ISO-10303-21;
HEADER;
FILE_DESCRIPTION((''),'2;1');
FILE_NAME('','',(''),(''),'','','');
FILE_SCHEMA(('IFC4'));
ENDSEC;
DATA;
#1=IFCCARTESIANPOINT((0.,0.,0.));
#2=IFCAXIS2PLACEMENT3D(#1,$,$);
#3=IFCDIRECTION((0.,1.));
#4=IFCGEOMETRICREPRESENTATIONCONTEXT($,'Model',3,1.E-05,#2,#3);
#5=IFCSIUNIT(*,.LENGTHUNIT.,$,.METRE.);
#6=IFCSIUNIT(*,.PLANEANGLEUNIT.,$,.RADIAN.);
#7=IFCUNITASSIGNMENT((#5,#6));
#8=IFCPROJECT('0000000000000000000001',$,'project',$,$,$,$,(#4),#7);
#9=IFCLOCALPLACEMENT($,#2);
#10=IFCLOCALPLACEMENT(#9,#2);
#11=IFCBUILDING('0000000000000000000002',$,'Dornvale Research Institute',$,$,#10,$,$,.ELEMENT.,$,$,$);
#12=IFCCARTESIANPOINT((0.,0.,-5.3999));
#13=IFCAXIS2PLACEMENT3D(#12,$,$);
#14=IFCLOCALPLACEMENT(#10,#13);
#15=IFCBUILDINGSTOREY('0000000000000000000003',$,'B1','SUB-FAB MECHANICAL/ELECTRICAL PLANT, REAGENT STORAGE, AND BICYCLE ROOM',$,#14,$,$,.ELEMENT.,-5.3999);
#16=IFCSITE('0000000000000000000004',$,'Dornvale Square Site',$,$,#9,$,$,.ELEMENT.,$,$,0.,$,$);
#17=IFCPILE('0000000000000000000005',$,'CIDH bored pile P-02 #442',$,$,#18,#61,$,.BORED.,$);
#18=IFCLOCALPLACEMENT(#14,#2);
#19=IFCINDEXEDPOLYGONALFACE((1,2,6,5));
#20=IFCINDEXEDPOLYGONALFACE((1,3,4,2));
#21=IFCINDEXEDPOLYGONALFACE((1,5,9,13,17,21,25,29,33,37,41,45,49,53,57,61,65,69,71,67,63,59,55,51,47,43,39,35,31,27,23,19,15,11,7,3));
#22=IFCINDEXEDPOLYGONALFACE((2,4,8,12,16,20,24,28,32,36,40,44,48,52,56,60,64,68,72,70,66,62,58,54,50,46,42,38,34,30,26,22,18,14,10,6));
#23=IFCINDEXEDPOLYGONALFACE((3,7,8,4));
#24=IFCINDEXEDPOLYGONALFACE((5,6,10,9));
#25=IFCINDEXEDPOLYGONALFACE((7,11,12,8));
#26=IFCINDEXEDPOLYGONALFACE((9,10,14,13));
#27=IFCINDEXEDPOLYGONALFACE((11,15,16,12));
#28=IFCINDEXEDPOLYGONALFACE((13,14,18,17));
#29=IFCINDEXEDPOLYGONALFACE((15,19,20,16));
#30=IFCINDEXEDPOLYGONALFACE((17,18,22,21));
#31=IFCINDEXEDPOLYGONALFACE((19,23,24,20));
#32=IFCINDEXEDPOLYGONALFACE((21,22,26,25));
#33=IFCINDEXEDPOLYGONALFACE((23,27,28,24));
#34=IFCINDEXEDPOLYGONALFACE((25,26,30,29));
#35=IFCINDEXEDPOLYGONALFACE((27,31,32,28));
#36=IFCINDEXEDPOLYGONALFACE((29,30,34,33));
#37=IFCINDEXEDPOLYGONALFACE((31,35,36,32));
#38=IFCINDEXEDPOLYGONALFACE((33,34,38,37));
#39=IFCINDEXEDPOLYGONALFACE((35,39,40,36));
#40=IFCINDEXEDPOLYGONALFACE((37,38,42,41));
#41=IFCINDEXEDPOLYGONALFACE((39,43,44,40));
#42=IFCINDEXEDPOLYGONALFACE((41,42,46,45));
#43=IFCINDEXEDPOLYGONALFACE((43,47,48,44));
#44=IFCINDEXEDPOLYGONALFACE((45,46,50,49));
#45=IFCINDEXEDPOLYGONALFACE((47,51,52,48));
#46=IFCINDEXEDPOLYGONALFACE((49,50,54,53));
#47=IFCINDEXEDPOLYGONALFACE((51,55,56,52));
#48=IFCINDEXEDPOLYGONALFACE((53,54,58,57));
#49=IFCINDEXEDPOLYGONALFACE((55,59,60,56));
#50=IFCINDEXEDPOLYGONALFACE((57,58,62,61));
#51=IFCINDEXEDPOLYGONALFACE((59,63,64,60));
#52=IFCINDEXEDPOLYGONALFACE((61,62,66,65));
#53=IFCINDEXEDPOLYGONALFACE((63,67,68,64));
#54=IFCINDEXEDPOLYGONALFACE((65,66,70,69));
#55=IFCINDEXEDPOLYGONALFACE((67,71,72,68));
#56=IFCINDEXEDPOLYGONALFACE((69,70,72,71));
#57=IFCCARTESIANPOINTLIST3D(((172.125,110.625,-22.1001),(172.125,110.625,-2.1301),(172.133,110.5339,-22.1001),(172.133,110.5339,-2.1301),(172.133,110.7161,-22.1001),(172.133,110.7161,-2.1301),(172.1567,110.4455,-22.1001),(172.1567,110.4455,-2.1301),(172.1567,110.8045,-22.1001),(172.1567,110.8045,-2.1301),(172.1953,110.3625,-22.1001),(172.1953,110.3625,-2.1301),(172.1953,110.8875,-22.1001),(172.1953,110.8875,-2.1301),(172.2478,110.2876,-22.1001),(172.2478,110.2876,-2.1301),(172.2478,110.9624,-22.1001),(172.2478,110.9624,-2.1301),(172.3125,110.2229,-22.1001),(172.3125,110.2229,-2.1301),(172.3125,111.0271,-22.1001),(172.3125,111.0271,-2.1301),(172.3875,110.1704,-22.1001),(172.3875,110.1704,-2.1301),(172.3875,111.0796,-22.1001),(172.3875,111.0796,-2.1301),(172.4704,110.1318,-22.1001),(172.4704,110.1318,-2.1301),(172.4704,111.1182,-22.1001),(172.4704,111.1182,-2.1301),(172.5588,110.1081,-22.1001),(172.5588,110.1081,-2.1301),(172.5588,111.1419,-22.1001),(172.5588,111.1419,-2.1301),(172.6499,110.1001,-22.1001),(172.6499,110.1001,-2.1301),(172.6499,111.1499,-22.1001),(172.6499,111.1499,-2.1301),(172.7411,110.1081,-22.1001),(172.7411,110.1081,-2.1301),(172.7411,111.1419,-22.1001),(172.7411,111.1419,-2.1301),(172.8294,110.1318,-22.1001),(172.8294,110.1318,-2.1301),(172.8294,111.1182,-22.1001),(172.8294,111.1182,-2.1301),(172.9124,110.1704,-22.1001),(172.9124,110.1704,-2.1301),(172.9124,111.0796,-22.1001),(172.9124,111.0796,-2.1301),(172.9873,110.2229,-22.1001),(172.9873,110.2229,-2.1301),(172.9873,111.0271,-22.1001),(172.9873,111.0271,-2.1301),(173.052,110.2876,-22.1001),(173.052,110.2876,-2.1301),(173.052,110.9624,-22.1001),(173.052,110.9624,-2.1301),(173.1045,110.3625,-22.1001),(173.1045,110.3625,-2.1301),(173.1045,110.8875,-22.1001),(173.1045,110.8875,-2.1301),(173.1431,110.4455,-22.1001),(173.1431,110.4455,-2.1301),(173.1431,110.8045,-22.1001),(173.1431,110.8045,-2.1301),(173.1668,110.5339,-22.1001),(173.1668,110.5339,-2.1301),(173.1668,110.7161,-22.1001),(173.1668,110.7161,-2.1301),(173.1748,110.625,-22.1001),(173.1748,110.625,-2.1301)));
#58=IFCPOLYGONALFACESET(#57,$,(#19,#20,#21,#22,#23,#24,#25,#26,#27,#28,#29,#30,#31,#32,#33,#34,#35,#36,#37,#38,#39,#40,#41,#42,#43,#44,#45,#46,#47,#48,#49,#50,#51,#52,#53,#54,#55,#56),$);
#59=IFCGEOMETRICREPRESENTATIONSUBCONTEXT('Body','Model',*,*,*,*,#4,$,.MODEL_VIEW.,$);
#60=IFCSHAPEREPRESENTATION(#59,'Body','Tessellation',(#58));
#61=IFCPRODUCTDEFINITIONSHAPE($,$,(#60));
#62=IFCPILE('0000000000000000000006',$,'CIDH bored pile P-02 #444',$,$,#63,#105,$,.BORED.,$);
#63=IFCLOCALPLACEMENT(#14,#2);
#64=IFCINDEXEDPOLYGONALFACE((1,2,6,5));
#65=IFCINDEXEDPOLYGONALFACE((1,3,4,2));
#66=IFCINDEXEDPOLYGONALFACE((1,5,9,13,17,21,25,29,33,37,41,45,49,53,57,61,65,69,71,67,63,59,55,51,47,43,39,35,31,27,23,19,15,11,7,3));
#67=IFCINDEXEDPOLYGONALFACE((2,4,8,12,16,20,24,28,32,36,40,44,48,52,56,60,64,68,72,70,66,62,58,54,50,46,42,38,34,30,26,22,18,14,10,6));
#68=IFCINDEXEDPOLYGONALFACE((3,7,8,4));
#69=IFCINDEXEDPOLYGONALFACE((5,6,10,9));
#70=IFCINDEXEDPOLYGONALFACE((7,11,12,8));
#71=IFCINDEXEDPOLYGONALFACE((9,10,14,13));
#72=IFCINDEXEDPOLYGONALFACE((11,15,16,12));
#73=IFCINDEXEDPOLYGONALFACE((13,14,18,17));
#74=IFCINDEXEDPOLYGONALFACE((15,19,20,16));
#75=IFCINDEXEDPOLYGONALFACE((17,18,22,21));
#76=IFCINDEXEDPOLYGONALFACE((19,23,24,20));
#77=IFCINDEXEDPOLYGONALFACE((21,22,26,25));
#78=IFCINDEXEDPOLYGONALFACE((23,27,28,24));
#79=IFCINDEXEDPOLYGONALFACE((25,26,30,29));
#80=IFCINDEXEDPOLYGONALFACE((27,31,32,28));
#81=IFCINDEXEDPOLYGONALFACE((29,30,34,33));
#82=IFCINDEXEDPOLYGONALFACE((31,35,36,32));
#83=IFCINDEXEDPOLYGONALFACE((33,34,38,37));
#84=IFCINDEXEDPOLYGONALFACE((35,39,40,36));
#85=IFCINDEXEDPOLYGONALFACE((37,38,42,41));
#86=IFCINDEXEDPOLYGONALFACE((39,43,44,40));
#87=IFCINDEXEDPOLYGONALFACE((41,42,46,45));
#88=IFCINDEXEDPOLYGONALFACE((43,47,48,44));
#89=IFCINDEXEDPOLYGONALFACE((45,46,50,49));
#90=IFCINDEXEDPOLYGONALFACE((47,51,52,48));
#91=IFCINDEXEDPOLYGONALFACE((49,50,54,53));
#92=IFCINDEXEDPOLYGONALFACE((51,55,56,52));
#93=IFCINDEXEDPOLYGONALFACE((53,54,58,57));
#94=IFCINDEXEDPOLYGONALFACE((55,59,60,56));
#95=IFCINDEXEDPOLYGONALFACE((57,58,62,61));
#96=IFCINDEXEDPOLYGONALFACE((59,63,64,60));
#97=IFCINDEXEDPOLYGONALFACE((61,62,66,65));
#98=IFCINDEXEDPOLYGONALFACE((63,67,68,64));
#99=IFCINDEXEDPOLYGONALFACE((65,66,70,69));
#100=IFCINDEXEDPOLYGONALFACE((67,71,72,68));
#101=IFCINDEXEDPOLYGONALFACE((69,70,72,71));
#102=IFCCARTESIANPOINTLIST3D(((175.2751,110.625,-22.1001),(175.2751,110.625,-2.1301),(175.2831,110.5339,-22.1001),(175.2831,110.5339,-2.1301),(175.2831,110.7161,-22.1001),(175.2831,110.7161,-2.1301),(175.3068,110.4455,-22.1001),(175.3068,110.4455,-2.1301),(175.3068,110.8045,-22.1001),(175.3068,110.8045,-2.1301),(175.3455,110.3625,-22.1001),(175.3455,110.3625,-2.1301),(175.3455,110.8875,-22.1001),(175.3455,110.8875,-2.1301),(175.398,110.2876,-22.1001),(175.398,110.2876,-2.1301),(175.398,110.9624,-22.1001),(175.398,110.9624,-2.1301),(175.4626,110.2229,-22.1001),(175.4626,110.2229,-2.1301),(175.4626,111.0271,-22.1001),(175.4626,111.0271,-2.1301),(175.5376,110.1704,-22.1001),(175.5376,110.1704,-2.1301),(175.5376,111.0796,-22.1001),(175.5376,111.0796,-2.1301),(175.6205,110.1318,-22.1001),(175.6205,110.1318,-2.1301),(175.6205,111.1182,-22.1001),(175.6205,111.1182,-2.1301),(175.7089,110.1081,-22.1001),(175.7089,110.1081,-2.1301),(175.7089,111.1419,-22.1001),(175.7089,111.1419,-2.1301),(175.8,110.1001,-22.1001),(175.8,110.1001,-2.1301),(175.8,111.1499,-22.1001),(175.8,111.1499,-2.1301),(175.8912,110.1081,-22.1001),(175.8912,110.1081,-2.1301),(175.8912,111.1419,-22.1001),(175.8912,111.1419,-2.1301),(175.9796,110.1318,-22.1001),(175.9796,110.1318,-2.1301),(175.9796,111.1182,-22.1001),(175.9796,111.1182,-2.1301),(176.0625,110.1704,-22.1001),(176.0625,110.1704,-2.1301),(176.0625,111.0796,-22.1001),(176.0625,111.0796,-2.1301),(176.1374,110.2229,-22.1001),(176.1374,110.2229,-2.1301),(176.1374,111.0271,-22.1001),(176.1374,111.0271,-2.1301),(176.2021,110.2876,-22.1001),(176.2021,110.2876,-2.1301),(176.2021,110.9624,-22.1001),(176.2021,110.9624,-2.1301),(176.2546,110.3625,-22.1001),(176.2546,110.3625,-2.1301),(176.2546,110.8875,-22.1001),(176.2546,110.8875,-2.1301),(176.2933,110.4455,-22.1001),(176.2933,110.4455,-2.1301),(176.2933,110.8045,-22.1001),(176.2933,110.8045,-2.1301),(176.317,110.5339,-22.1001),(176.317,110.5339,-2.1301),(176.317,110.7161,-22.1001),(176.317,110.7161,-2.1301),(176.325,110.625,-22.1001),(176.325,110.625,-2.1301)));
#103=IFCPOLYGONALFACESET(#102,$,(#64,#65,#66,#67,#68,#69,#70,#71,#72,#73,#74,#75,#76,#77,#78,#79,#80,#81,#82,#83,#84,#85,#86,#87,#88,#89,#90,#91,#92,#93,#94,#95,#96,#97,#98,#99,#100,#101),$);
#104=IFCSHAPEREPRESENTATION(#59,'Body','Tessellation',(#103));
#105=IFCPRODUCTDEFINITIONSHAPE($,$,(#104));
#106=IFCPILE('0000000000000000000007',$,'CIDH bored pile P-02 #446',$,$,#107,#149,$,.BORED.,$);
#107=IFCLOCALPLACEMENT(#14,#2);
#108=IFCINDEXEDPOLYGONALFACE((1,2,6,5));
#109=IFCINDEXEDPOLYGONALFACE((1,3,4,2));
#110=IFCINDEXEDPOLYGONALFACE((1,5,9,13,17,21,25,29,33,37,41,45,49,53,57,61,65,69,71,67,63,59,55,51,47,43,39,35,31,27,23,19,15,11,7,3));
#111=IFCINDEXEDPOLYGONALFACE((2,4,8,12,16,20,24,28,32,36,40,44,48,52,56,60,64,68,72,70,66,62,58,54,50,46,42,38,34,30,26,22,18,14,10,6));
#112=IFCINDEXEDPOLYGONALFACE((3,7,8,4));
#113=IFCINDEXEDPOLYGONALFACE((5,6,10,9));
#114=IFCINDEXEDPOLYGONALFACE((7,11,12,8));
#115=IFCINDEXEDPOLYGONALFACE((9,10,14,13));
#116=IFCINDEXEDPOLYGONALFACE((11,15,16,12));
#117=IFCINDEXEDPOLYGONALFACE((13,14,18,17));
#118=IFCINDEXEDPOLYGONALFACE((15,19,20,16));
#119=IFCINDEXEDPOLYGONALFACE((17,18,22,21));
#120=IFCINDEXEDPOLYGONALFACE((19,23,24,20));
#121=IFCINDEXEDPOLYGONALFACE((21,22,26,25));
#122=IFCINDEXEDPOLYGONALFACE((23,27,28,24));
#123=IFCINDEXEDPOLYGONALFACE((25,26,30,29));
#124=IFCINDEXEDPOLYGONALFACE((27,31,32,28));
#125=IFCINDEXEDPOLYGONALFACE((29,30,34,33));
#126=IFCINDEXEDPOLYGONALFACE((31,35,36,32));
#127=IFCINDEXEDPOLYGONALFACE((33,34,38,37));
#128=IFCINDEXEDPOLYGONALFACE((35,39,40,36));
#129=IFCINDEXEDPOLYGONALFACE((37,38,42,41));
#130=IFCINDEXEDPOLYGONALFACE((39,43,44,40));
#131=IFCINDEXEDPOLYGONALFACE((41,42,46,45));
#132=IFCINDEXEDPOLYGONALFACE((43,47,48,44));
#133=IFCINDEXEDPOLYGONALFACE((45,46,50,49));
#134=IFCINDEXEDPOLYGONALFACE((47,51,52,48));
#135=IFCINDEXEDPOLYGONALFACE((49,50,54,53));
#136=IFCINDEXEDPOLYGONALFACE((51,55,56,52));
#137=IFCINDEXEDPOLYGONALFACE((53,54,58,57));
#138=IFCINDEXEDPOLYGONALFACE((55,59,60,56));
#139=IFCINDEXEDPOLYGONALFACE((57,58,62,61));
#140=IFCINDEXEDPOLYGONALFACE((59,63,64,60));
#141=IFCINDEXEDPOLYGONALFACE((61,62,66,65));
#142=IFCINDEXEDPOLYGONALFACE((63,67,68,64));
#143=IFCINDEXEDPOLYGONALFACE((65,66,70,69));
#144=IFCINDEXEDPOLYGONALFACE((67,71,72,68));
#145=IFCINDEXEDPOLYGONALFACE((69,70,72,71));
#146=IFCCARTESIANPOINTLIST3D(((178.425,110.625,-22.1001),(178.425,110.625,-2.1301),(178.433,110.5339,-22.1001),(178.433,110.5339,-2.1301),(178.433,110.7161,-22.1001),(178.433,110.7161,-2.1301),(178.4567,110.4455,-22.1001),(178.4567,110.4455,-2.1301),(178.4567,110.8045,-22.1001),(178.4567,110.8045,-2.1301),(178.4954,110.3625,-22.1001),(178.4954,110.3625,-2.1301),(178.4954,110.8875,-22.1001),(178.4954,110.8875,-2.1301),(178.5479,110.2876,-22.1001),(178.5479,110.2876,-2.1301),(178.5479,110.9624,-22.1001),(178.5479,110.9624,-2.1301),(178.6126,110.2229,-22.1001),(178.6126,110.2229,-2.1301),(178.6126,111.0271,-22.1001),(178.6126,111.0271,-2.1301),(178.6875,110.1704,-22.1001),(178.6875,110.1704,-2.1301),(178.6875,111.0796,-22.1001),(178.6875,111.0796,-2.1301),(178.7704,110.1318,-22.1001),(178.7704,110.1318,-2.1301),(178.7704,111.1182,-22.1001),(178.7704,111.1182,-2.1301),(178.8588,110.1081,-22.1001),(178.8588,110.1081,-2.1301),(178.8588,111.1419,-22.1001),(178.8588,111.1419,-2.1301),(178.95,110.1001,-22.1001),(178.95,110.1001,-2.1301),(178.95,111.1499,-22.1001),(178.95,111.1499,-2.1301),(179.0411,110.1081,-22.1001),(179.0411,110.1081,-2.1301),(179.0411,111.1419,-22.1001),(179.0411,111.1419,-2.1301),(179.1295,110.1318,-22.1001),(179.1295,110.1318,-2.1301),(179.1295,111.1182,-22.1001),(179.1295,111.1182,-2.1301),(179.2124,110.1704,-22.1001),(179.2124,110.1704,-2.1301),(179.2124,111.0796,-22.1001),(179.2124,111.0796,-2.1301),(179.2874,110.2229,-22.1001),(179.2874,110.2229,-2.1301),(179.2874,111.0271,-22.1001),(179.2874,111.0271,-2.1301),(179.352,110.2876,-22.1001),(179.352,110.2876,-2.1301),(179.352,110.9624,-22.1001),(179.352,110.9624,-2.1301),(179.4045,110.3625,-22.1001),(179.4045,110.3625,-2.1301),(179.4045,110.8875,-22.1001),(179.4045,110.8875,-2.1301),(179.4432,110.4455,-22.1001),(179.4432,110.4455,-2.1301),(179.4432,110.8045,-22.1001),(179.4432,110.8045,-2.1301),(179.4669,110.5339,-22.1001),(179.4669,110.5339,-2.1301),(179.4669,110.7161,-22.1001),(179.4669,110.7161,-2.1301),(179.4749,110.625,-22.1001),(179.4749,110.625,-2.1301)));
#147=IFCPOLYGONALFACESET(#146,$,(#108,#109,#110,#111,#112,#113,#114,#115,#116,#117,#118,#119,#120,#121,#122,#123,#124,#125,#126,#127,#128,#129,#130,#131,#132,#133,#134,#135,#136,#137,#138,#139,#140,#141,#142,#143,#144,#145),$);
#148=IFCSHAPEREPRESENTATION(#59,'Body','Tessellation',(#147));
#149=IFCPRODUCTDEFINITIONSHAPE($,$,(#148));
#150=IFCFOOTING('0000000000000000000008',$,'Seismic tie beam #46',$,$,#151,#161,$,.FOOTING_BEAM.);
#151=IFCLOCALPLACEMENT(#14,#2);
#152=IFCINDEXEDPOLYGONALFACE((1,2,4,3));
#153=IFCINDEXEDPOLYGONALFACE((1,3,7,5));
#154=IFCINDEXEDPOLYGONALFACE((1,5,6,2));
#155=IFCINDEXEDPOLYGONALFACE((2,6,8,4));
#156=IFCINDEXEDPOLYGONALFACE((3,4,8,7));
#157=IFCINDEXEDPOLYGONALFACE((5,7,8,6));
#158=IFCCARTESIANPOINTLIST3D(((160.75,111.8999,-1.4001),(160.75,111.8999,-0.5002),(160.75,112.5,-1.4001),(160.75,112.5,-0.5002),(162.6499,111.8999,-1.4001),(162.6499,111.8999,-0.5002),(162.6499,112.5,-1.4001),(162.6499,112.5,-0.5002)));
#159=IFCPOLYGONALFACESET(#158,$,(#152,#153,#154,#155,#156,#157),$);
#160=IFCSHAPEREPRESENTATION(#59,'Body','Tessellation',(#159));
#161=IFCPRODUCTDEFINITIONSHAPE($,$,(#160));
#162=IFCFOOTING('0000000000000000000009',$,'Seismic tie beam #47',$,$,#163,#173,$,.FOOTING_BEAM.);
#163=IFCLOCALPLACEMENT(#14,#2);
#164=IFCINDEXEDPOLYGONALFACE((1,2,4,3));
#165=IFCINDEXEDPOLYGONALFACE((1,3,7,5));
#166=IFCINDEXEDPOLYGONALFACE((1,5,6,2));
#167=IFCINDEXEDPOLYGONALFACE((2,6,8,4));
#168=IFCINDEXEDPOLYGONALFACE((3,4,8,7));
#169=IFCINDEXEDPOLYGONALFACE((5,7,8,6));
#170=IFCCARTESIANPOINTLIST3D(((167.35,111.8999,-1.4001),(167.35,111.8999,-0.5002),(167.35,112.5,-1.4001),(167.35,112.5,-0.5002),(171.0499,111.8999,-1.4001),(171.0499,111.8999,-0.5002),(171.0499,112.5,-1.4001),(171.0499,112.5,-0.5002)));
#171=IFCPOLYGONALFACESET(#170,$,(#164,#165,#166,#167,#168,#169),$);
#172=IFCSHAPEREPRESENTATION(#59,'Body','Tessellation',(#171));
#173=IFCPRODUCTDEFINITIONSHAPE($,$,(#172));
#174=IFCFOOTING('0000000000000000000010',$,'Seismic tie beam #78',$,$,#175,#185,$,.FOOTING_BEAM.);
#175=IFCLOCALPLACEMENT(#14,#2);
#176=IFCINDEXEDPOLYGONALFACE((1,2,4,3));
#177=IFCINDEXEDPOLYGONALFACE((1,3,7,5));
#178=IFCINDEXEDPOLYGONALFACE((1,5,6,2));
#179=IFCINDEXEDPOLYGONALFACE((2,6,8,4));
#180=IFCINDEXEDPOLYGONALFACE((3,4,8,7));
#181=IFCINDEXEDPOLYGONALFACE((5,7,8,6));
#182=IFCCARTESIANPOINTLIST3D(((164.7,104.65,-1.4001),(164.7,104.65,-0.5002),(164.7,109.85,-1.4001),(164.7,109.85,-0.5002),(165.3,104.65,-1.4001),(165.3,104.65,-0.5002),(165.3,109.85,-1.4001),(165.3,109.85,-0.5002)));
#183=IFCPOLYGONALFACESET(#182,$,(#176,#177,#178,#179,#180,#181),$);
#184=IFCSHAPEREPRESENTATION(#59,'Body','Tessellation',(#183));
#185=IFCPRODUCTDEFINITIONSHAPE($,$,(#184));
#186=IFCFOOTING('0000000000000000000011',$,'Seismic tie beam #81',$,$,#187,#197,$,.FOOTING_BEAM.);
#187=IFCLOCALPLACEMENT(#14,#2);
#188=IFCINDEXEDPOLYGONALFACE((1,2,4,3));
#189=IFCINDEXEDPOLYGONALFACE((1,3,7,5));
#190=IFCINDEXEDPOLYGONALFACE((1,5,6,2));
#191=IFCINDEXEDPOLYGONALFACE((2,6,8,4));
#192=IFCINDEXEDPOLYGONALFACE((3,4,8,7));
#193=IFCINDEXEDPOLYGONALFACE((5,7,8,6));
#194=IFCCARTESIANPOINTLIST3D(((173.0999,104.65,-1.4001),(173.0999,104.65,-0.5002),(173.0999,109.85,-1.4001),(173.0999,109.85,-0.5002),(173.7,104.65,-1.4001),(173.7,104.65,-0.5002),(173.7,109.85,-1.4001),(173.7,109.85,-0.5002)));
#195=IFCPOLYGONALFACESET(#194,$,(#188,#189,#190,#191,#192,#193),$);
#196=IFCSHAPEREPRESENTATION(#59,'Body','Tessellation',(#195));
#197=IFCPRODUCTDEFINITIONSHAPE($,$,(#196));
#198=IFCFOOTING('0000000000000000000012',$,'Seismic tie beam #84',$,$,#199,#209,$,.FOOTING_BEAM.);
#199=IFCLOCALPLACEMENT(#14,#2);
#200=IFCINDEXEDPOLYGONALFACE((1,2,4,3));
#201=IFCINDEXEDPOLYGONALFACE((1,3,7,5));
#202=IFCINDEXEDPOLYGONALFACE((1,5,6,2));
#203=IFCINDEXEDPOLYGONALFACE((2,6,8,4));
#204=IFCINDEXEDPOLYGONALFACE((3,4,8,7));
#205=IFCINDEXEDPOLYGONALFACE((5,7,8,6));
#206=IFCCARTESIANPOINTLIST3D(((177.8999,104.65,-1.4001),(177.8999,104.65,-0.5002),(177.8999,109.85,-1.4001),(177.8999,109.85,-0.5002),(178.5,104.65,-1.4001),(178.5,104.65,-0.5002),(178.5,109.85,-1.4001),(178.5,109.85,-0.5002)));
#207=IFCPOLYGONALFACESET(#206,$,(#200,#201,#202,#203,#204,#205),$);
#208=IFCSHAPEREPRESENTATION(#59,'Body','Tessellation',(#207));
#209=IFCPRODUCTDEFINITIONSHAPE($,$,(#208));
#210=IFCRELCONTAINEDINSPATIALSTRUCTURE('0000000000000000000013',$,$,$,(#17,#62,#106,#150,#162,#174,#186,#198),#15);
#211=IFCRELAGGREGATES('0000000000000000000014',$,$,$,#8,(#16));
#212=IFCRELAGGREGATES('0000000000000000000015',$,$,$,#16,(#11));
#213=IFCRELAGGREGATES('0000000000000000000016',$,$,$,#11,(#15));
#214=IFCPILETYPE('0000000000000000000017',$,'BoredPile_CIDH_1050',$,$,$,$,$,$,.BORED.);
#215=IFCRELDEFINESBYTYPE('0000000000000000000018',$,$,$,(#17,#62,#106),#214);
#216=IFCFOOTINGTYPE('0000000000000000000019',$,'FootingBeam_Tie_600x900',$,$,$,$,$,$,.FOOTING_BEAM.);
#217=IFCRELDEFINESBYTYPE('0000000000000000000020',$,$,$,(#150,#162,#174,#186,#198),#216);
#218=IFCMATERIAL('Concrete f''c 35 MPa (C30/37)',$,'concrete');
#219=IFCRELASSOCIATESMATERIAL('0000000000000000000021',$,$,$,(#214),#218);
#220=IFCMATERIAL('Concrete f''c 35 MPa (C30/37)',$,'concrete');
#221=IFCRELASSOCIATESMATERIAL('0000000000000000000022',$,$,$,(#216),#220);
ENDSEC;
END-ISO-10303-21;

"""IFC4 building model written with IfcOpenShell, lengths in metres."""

from ifc_helpers import new_model, si_unit, direction, frame, origin, origin_2d, place, context, subcontext, project, spatial, rectangle, circle, extrude, material, material_profile, profile_set, type_object, element, save


model = new_model("IFC4")

# Units and contexts
model_context = context("Model", 3, precision=1e-05, world=origin(), true_north=direction((0.0, 1.0)))
body_context = subcontext(model_context, "Body", "Model", "MODEL_VIEW")
ifc_project = project(units=[si_unit("LENGTHUNIT", "METRE"), si_unit("PLANEANGLEUNIT", "RADIAN")], contexts=[model_context])

# Site, building, storey
site_placement = place(None, origin())
site = spatial("IfcSite", under=ifc_project, at=site_placement, Name="Dornvale Square Site", CompositionType="ELEMENT", RefElevation=0.0)
building_placement = place(site_placement, origin())
building = spatial("IfcBuilding", under=site, at=building_placement, Name="Dornvale Research Institute", CompositionType="ELEMENT")
storey_placement = place(building_placement, frame((0.0, 0.0, -5.3999)))
storey = spatial("IfcBuildingStorey", under=building, at=storey_placement, Name="B1", Description="SUB-FAB MECHANICAL/ELECTRICAL PLANT, REAGENT STORAGE, AND BICYCLE ROOM", CompositionType="ELEMENT", Elevation=-5.3999)

# Piles
ifc_material_1 = material(Name="Concrete f'c 35 MPa (C30/37)", Category="concrete")
ifc_material_profile_1 = material_profile(ifc_material_1, circle(Radius=0.5249, at=origin_2d()), Name="CIDH PILE D1050")
ifc_profile_set_1 = profile_set([ifc_material_profile_1], Name="Concrete f'c 35 MPa (C30/37)")
pile_type = type_object("IfcPileType", Name="BoredPile_CIDH_1050", PredefinedType="BORED", material=ifc_profile_set_1)
for number, where, z_axis, x_axis, name in (
    (1, (172.6499, 110.625, -2.1301), (0.0, 0.0, -1.0), (1.0, 0.0, 0.0), "CIDH bored pile P-02 #442"),
    (2, (175.8, 110.625, -2.1301), (0.0, 0.0, -1.0), (1.0, 0.0, 0.0), "CIDH bored pile P-02 #444"),
    (3, (178.95, 110.625, -2.1301), (0.0, 0.0, -1.0), (1.0, 0.0, 0.0), "CIDH bored pile P-02 #446"),
):
    element("IfcPile", number, at=place(storey_placement, frame(where, z_axis=z_axis, x_axis=x_axis)), inside=storey, type_object=pile_type, Name=name, PredefinedType="BORED", context=body_context, shape_type="SweptSolid", body=[
        extrude(circle(Radius=0.5249, at=origin_2d()), origin(), (0.0, 0.0, 1.0), 19.97),
    ])

# Footings
ifc_material_2 = material(Name="Concrete f'c 35 MPa (C30/37)", Category="concrete")
footing_type_1 = type_object("IfcFootingType", Name="FootingBeam_Tie_600x900", PredefinedType="FOOTING_BEAM", material=ifc_material_2)
footing_1_placement = place(storey_placement, frame((161.7, 112.2, -1.4001), z_axis=(0.0, 0.0, 1.0), x_axis=(1.0, 0.0, 0.0)))
element("IfcFooting", 4, at=footing_1_placement, inside=storey, type_object=footing_type_1, Name="Seismic tie beam #46", PredefinedType="FOOTING_BEAM", context=body_context, shape_type="SweptSolid", body=[
    extrude(rectangle(XDim=1.8999, YDim=0.6001, at=origin_2d()), origin(), (0.0, 0.0, 1.0), 0.8999),
])
footing_2_placement = place(storey_placement, frame((169.2, 112.2, -1.4001), z_axis=(0.0, 0.0, 1.0), x_axis=(1.0, 0.0, 0.0)))
element("IfcFooting", 5, at=footing_2_placement, inside=storey, type_object=footing_type_1, Name="Seismic tie beam #47", PredefinedType="FOOTING_BEAM", context=body_context, shape_type="SweptSolid", body=[
    extrude(rectangle(XDim=3.7, YDim=0.6001, at=origin_2d()), origin(), (0.0, 0.0, 1.0), 0.8999),
])
for number, where, z_axis, x_axis, name in (
    (6, (165.0, 107.25, -1.4001), (0.0, 0.0, 1.0), (0.0, 1.0, 0.0), "Seismic tie beam #78"),
    (7, (173.3999, 107.25, -1.4001), (0.0, 0.0, 1.0), (0.0, 1.0, 0.0), "Seismic tie beam #81"),
    (8, (178.2, 107.25, -1.4001), (0.0, 0.0, 1.0), (0.0, 1.0, 0.0), "Seismic tie beam #84"),
):
    element("IfcFooting", number, at=place(storey_placement, frame(where, z_axis=z_axis, x_axis=x_axis)), inside=storey, type_object=footing_type_1, Name=name, PredefinedType="FOOTING_BEAM", context=body_context, shape_type="SweptSolid", body=[
        extrude(rectangle(XDim=5.2, YDim=0.6001, at=origin_2d()), origin(), (0.0, 0.0, 1.0), 0.8999),
    ])

save(model, "model.ifc")
